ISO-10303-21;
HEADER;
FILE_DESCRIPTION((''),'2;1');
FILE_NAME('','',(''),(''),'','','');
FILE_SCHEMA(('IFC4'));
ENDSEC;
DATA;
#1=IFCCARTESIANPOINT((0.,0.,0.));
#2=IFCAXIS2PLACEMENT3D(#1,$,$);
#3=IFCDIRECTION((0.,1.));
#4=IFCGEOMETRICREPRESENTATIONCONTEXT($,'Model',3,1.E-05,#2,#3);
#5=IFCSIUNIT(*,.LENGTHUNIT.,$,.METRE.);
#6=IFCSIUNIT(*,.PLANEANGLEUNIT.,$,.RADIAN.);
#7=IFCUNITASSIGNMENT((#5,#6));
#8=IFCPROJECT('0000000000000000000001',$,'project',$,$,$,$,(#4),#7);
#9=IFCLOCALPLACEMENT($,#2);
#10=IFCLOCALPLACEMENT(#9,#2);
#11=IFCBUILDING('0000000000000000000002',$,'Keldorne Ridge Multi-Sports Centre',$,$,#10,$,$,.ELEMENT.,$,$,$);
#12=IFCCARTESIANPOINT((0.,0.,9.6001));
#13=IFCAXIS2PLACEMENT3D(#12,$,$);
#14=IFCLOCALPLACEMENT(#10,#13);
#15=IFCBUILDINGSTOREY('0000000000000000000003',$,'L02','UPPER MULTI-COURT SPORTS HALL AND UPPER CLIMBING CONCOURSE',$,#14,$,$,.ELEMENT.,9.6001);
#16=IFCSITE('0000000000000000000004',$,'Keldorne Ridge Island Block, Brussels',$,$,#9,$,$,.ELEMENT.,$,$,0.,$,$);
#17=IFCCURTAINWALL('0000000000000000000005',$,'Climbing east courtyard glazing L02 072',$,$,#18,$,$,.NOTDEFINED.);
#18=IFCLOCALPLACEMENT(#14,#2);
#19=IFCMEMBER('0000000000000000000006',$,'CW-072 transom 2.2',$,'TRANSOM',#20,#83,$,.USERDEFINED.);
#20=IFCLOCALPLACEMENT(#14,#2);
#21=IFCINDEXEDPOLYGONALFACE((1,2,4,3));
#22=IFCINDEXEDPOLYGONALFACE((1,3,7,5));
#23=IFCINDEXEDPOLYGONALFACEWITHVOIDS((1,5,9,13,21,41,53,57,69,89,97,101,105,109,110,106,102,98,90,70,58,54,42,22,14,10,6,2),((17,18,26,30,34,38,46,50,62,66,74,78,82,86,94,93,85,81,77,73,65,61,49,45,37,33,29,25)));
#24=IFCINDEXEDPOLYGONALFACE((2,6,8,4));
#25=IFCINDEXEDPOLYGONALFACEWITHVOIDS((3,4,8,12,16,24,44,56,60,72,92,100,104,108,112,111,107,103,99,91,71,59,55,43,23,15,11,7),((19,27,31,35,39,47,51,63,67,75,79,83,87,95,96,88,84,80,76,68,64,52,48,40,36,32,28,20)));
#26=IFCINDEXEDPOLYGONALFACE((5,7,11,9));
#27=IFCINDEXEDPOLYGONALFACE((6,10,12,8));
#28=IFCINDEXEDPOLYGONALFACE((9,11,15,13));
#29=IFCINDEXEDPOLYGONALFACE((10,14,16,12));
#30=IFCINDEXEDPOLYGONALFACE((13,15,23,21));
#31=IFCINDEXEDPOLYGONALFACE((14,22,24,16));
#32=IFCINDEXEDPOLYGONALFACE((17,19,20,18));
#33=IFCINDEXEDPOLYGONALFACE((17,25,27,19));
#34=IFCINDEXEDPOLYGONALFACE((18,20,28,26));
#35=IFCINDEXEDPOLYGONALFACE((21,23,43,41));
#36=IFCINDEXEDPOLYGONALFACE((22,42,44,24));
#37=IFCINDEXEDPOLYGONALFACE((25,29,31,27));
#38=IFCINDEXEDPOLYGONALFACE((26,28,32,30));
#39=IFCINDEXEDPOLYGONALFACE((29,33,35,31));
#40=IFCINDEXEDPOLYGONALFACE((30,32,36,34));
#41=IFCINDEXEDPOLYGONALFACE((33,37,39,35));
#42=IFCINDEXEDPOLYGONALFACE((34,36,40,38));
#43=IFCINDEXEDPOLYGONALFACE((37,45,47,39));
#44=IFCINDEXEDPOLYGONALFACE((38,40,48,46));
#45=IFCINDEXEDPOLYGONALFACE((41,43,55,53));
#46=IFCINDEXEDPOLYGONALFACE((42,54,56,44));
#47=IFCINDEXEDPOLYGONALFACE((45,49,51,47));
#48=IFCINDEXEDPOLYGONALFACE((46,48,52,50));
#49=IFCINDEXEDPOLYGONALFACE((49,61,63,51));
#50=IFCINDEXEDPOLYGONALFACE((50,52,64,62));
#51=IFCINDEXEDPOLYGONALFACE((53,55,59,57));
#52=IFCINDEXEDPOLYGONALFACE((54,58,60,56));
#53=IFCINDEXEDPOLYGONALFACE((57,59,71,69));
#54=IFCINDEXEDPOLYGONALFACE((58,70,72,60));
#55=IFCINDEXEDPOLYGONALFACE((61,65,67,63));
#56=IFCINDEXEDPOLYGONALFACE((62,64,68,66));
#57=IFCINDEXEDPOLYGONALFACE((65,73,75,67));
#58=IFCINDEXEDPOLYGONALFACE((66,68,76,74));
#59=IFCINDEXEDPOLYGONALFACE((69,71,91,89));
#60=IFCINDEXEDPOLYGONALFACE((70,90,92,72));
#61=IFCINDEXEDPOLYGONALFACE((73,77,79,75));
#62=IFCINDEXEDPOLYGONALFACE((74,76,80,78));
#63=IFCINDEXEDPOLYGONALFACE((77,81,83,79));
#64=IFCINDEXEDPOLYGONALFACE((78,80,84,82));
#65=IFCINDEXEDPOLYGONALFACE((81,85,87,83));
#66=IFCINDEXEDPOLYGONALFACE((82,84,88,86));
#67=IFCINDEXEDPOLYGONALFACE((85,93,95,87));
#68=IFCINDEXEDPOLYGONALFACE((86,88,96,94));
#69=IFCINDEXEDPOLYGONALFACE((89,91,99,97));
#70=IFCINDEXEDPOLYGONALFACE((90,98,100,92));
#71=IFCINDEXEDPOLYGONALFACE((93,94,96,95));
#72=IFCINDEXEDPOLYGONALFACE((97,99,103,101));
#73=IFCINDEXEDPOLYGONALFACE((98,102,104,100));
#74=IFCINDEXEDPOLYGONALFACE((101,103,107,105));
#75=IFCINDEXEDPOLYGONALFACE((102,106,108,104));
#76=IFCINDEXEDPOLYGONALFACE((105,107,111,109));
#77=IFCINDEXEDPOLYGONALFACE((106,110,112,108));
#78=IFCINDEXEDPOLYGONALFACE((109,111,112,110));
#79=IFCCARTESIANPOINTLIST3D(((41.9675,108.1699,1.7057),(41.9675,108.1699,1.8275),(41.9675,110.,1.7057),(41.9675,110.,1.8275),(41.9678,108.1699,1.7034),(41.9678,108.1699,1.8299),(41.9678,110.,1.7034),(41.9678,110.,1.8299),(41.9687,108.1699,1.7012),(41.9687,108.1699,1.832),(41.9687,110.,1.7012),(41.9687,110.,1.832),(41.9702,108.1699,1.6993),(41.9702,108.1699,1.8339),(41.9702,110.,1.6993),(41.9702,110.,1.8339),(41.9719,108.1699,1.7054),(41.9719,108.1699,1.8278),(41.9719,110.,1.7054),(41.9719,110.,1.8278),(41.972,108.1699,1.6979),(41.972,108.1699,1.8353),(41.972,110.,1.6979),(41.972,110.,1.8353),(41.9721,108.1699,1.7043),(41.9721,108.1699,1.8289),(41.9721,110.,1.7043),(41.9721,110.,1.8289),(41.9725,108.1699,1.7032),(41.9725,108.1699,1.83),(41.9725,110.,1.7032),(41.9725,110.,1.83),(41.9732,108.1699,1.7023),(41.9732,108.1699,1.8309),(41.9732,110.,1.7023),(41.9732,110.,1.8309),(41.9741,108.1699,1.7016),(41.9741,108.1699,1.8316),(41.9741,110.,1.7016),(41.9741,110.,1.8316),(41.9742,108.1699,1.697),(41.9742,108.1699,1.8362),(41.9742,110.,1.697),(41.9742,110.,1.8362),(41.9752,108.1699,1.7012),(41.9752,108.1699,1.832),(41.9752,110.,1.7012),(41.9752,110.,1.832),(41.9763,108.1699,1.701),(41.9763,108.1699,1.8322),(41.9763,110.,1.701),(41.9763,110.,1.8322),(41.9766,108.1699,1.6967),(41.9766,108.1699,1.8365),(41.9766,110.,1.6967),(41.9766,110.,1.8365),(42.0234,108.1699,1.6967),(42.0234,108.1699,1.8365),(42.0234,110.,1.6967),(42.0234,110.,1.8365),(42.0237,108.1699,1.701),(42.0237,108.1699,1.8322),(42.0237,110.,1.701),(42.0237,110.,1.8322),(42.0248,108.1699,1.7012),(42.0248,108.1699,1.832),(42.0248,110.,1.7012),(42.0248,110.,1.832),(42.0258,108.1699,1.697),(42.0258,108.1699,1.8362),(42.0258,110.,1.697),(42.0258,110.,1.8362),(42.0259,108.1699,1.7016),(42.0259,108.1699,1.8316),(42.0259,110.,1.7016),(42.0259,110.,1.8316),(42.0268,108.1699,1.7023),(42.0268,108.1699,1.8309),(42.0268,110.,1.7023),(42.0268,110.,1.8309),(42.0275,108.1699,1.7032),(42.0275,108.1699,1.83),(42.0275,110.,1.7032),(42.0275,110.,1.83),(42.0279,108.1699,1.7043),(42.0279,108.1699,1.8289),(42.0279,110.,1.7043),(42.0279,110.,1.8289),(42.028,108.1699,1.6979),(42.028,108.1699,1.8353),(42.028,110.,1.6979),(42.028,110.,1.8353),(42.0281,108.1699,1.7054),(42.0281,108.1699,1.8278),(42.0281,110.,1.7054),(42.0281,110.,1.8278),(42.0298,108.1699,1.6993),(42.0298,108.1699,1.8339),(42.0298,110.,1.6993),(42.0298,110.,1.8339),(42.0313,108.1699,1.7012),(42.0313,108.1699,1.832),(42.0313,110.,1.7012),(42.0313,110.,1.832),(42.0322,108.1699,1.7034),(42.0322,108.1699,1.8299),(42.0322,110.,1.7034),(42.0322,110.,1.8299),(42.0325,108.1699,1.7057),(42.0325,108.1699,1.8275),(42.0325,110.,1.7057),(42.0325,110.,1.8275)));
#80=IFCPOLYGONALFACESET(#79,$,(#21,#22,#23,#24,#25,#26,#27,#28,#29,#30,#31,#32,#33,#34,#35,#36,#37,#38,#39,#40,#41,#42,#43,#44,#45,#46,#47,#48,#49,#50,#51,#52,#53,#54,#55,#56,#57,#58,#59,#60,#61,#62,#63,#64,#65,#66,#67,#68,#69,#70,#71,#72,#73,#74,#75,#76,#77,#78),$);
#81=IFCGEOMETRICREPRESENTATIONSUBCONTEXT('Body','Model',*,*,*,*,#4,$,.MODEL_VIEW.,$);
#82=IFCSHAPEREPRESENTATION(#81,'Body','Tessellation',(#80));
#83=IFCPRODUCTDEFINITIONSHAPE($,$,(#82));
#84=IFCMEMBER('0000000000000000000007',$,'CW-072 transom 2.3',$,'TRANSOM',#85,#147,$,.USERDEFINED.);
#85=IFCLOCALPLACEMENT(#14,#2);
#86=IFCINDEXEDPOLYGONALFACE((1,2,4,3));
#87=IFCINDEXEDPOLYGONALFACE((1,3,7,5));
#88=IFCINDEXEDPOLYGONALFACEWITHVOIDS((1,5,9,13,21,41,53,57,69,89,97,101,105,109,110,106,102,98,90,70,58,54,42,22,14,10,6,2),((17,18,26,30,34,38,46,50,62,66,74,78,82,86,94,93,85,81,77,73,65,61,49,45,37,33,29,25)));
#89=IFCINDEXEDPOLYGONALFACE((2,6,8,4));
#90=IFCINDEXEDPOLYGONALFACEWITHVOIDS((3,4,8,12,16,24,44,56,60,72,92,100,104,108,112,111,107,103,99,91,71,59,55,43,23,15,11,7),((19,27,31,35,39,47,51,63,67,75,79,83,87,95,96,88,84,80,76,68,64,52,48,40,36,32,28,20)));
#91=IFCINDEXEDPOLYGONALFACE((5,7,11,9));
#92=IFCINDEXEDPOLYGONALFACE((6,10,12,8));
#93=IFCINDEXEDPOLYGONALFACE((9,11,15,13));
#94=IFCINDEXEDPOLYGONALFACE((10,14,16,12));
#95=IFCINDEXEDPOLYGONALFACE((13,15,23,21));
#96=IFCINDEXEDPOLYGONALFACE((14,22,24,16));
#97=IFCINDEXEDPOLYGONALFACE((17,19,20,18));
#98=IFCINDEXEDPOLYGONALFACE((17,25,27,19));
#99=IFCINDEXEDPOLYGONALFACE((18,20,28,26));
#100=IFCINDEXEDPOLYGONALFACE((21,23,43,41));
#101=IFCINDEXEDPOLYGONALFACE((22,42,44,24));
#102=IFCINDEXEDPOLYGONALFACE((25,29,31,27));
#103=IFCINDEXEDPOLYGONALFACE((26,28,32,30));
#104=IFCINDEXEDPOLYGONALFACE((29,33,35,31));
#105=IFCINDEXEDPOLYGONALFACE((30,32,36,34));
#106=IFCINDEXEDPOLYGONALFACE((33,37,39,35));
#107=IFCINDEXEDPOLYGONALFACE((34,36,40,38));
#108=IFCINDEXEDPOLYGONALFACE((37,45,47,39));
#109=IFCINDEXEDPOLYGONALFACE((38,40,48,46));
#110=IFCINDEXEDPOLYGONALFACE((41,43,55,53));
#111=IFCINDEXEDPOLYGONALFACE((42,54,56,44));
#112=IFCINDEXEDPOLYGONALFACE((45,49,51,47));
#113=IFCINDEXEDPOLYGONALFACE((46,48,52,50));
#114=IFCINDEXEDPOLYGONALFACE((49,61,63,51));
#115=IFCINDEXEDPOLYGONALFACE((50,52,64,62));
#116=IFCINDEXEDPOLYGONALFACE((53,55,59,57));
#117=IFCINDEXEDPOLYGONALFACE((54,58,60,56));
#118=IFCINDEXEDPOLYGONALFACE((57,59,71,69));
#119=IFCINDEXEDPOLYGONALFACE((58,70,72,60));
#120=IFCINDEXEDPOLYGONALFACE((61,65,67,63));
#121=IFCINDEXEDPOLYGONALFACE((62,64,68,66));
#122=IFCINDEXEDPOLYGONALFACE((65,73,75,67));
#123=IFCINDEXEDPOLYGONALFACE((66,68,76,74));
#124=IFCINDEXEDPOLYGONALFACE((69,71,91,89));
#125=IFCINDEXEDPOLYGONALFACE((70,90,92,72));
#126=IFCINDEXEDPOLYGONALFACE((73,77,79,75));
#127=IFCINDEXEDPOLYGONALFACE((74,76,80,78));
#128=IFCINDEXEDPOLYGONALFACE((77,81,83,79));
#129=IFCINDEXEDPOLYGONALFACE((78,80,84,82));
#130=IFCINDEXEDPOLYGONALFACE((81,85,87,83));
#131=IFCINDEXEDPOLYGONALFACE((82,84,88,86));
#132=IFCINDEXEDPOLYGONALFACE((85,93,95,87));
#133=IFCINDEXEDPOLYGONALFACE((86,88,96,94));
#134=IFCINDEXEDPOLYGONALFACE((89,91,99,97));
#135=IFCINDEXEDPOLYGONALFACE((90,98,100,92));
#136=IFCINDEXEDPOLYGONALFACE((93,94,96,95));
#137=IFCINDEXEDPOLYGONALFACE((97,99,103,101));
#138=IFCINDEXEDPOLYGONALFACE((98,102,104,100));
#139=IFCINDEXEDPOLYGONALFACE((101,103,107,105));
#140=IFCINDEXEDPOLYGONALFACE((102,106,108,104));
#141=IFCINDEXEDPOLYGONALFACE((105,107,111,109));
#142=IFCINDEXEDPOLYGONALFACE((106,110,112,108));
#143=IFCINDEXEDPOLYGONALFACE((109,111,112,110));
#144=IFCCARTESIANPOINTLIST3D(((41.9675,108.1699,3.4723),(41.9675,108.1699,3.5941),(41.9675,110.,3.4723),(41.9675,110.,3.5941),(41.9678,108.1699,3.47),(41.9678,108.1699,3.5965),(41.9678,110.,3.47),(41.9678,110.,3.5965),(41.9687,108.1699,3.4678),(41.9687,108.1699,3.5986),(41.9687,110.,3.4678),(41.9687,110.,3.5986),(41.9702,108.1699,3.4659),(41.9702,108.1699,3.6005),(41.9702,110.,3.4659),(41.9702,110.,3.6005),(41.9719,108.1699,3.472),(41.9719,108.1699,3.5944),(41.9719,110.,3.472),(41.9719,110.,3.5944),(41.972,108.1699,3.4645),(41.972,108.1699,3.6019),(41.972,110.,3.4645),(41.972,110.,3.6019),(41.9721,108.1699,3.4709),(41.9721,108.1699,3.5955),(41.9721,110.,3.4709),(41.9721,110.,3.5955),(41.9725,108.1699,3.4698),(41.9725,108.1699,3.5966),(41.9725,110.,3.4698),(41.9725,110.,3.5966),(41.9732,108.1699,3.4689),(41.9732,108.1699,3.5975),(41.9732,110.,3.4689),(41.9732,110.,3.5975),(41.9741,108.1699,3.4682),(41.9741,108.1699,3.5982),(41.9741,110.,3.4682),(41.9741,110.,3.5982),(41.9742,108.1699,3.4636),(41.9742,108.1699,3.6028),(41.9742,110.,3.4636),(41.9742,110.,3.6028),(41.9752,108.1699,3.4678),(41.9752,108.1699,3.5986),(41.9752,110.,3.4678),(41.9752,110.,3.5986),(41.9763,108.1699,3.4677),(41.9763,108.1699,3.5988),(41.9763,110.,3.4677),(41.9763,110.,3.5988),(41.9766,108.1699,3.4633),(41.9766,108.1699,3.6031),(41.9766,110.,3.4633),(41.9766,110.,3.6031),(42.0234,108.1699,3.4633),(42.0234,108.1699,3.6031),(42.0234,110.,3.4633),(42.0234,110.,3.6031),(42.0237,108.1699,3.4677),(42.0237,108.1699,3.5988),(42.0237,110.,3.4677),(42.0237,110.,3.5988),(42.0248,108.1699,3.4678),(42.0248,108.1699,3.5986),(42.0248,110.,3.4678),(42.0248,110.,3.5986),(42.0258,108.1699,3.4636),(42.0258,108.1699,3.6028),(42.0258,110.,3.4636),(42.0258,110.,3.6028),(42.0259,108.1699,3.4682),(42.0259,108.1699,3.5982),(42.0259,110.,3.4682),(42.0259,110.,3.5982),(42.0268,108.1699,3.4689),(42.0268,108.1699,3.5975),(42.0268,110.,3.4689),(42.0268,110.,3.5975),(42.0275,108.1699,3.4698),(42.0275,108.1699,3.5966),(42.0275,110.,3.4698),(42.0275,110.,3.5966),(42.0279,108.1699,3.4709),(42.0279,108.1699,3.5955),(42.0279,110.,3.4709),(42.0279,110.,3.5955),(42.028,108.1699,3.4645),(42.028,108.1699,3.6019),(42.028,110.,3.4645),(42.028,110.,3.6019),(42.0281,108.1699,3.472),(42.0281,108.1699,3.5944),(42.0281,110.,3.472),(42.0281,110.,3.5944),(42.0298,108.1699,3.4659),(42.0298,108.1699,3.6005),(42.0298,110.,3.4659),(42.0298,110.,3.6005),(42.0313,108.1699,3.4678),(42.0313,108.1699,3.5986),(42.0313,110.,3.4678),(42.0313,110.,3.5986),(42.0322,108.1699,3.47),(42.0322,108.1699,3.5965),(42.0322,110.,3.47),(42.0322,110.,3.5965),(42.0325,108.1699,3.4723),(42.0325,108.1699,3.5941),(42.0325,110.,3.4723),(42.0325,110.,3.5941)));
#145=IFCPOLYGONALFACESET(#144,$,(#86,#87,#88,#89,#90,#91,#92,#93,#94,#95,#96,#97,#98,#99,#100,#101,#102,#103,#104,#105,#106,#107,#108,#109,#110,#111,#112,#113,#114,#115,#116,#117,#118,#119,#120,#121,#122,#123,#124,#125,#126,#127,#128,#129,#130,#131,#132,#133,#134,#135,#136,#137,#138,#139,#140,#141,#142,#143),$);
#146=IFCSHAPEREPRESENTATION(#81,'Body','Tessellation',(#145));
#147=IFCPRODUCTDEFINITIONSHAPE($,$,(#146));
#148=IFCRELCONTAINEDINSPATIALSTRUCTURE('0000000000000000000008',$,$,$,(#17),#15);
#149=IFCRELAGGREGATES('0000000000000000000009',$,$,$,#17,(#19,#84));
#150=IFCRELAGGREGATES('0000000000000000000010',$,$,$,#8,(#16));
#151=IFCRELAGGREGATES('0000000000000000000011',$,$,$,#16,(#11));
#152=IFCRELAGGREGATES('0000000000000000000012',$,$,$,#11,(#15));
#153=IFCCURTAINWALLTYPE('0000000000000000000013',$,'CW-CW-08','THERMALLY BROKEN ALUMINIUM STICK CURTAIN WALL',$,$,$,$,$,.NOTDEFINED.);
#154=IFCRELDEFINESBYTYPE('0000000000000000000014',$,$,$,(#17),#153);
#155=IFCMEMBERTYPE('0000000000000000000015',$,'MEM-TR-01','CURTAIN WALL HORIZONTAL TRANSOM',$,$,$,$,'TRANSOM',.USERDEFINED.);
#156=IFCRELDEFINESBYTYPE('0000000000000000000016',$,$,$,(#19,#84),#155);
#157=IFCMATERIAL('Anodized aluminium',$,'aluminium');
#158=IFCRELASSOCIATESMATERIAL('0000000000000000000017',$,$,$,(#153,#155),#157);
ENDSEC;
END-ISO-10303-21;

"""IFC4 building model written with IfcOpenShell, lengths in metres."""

from ifc_helpers import new_model, si_unit, direction, frame, origin, origin_2d, place, context, subcontext, project, spatial, hollow_rectangle, extrude, material, material_profile, profile_set, type_object, element, aggregate, save


model = new_model("IFC4")

# Units and contexts
model_context = context("Model", 3, precision=1e-05, world=origin(), true_north=direction((0.0, 1.0)))
body_context = subcontext(model_context, "Body", "Model", "MODEL_VIEW")
ifc_project = project(units=[si_unit("LENGTHUNIT", "METRE"), si_unit("PLANEANGLEUNIT", "RADIAN")], contexts=[model_context])

# Site, building, storey
site_placement = place(None, origin())
site = spatial("IfcSite", under=ifc_project, at=site_placement, Name="Keldorne Ridge Island Block, Brussels", CompositionType="ELEMENT", RefElevation=0.0)
building_placement = place(site_placement, origin())
building = spatial("IfcBuilding", under=site, at=building_placement, Name="Keldorne Ridge Multi-Sports Centre", CompositionType="ELEMENT")
storey_placement = place(building_placement, frame((0.0, 0.0, 9.6001)))
storey = spatial("IfcBuildingStorey", under=building, at=storey_placement, Name="L02", Description="UPPER MULTI-COURT SPORTS HALL AND UPPER CLIMBING CONCOURSE", CompositionType="ELEMENT", Elevation=9.6001)

# Curtain wall, members
ifc_material_1 = material(Name="Anodized aluminium", Category="aluminium")
curtain_wall_type = type_object("IfcCurtainWallType", Name="CW-CW-08", Description="THERMALLY BROKEN ALUMINIUM STICK CURTAIN WALL", PredefinedType="NOTDEFINED", material=ifc_material_1)
curtain_wall_placement = place(storey_placement, origin())
curtain_wall = element("IfcCurtainWall", 1, at=curtain_wall_placement, inside=storey, type_object=curtain_wall_type, Name="Climbing east courtyard glazing L02 072", PredefinedType="NOTDEFINED")
ifc_material_profile_1 = material_profile(ifc_material_1, hollow_rectangle(XDim=0.0649, YDim=0.1399, WallThickness=0.0044, InnerFilletRadius=0.0044, OuterFilletRadius=0.009, at=origin_2d()), Name="ALU TRANSOM 140x65x4.5")
ifc_profile_set_1 = profile_set([ifc_material_profile_1], Name="Anodized aluminium")
member_type_1 = type_object("IfcMemberType", Name="MEM-TR-01", Description="CURTAIN WALL HORIZONTAL TRANSOM", ElementType="TRANSOM", PredefinedType="USERDEFINED", material=ifc_profile_set_1)
member_1_placement = place(storey_placement, frame((42.0, 108.1699, 1.7666), z_axis=(0.0, 1.0, 0.0), x_axis=(-1.0, 0.0, 0.0)))
member_1 = element("IfcMember", 2, at=member_1_placement, type_object=member_type_1, Name="CW-072 transom 2.2", ObjectType="TRANSOM", PredefinedType="USERDEFINED", context=body_context, shape_type="SweptSolid", body=[
    extrude(hollow_rectangle(XDim=0.0649, YDim=0.1399, WallThickness=0.0044, InnerFilletRadius=0.0044, OuterFilletRadius=0.009, at=origin_2d()), origin(), (0.0, 0.0, 1.0), 1.8301),
])
member_2_placement = place(storey_placement, frame((42.0, 108.1699, 3.5332), z_axis=(0.0, 1.0, 0.0), x_axis=(-1.0, 0.0, 0.0)))
member_2 = element("IfcMember", 3, at=member_2_placement, type_object=member_type_1, Name="CW-072 transom 2.3", ObjectType="TRANSOM", PredefinedType="USERDEFINED", context=body_context, shape_type="SweptSolid", body=[
    extrude(hollow_rectangle(XDim=0.0649, YDim=0.1399, WallThickness=0.0044, InnerFilletRadius=0.0044, OuterFilletRadius=0.009, at=origin_2d()), origin(), (0.0, 0.0, 1.0), 1.8301),
])
aggregate(curtain_wall, [member_1, member_2])

save(model, "model.ifc")
